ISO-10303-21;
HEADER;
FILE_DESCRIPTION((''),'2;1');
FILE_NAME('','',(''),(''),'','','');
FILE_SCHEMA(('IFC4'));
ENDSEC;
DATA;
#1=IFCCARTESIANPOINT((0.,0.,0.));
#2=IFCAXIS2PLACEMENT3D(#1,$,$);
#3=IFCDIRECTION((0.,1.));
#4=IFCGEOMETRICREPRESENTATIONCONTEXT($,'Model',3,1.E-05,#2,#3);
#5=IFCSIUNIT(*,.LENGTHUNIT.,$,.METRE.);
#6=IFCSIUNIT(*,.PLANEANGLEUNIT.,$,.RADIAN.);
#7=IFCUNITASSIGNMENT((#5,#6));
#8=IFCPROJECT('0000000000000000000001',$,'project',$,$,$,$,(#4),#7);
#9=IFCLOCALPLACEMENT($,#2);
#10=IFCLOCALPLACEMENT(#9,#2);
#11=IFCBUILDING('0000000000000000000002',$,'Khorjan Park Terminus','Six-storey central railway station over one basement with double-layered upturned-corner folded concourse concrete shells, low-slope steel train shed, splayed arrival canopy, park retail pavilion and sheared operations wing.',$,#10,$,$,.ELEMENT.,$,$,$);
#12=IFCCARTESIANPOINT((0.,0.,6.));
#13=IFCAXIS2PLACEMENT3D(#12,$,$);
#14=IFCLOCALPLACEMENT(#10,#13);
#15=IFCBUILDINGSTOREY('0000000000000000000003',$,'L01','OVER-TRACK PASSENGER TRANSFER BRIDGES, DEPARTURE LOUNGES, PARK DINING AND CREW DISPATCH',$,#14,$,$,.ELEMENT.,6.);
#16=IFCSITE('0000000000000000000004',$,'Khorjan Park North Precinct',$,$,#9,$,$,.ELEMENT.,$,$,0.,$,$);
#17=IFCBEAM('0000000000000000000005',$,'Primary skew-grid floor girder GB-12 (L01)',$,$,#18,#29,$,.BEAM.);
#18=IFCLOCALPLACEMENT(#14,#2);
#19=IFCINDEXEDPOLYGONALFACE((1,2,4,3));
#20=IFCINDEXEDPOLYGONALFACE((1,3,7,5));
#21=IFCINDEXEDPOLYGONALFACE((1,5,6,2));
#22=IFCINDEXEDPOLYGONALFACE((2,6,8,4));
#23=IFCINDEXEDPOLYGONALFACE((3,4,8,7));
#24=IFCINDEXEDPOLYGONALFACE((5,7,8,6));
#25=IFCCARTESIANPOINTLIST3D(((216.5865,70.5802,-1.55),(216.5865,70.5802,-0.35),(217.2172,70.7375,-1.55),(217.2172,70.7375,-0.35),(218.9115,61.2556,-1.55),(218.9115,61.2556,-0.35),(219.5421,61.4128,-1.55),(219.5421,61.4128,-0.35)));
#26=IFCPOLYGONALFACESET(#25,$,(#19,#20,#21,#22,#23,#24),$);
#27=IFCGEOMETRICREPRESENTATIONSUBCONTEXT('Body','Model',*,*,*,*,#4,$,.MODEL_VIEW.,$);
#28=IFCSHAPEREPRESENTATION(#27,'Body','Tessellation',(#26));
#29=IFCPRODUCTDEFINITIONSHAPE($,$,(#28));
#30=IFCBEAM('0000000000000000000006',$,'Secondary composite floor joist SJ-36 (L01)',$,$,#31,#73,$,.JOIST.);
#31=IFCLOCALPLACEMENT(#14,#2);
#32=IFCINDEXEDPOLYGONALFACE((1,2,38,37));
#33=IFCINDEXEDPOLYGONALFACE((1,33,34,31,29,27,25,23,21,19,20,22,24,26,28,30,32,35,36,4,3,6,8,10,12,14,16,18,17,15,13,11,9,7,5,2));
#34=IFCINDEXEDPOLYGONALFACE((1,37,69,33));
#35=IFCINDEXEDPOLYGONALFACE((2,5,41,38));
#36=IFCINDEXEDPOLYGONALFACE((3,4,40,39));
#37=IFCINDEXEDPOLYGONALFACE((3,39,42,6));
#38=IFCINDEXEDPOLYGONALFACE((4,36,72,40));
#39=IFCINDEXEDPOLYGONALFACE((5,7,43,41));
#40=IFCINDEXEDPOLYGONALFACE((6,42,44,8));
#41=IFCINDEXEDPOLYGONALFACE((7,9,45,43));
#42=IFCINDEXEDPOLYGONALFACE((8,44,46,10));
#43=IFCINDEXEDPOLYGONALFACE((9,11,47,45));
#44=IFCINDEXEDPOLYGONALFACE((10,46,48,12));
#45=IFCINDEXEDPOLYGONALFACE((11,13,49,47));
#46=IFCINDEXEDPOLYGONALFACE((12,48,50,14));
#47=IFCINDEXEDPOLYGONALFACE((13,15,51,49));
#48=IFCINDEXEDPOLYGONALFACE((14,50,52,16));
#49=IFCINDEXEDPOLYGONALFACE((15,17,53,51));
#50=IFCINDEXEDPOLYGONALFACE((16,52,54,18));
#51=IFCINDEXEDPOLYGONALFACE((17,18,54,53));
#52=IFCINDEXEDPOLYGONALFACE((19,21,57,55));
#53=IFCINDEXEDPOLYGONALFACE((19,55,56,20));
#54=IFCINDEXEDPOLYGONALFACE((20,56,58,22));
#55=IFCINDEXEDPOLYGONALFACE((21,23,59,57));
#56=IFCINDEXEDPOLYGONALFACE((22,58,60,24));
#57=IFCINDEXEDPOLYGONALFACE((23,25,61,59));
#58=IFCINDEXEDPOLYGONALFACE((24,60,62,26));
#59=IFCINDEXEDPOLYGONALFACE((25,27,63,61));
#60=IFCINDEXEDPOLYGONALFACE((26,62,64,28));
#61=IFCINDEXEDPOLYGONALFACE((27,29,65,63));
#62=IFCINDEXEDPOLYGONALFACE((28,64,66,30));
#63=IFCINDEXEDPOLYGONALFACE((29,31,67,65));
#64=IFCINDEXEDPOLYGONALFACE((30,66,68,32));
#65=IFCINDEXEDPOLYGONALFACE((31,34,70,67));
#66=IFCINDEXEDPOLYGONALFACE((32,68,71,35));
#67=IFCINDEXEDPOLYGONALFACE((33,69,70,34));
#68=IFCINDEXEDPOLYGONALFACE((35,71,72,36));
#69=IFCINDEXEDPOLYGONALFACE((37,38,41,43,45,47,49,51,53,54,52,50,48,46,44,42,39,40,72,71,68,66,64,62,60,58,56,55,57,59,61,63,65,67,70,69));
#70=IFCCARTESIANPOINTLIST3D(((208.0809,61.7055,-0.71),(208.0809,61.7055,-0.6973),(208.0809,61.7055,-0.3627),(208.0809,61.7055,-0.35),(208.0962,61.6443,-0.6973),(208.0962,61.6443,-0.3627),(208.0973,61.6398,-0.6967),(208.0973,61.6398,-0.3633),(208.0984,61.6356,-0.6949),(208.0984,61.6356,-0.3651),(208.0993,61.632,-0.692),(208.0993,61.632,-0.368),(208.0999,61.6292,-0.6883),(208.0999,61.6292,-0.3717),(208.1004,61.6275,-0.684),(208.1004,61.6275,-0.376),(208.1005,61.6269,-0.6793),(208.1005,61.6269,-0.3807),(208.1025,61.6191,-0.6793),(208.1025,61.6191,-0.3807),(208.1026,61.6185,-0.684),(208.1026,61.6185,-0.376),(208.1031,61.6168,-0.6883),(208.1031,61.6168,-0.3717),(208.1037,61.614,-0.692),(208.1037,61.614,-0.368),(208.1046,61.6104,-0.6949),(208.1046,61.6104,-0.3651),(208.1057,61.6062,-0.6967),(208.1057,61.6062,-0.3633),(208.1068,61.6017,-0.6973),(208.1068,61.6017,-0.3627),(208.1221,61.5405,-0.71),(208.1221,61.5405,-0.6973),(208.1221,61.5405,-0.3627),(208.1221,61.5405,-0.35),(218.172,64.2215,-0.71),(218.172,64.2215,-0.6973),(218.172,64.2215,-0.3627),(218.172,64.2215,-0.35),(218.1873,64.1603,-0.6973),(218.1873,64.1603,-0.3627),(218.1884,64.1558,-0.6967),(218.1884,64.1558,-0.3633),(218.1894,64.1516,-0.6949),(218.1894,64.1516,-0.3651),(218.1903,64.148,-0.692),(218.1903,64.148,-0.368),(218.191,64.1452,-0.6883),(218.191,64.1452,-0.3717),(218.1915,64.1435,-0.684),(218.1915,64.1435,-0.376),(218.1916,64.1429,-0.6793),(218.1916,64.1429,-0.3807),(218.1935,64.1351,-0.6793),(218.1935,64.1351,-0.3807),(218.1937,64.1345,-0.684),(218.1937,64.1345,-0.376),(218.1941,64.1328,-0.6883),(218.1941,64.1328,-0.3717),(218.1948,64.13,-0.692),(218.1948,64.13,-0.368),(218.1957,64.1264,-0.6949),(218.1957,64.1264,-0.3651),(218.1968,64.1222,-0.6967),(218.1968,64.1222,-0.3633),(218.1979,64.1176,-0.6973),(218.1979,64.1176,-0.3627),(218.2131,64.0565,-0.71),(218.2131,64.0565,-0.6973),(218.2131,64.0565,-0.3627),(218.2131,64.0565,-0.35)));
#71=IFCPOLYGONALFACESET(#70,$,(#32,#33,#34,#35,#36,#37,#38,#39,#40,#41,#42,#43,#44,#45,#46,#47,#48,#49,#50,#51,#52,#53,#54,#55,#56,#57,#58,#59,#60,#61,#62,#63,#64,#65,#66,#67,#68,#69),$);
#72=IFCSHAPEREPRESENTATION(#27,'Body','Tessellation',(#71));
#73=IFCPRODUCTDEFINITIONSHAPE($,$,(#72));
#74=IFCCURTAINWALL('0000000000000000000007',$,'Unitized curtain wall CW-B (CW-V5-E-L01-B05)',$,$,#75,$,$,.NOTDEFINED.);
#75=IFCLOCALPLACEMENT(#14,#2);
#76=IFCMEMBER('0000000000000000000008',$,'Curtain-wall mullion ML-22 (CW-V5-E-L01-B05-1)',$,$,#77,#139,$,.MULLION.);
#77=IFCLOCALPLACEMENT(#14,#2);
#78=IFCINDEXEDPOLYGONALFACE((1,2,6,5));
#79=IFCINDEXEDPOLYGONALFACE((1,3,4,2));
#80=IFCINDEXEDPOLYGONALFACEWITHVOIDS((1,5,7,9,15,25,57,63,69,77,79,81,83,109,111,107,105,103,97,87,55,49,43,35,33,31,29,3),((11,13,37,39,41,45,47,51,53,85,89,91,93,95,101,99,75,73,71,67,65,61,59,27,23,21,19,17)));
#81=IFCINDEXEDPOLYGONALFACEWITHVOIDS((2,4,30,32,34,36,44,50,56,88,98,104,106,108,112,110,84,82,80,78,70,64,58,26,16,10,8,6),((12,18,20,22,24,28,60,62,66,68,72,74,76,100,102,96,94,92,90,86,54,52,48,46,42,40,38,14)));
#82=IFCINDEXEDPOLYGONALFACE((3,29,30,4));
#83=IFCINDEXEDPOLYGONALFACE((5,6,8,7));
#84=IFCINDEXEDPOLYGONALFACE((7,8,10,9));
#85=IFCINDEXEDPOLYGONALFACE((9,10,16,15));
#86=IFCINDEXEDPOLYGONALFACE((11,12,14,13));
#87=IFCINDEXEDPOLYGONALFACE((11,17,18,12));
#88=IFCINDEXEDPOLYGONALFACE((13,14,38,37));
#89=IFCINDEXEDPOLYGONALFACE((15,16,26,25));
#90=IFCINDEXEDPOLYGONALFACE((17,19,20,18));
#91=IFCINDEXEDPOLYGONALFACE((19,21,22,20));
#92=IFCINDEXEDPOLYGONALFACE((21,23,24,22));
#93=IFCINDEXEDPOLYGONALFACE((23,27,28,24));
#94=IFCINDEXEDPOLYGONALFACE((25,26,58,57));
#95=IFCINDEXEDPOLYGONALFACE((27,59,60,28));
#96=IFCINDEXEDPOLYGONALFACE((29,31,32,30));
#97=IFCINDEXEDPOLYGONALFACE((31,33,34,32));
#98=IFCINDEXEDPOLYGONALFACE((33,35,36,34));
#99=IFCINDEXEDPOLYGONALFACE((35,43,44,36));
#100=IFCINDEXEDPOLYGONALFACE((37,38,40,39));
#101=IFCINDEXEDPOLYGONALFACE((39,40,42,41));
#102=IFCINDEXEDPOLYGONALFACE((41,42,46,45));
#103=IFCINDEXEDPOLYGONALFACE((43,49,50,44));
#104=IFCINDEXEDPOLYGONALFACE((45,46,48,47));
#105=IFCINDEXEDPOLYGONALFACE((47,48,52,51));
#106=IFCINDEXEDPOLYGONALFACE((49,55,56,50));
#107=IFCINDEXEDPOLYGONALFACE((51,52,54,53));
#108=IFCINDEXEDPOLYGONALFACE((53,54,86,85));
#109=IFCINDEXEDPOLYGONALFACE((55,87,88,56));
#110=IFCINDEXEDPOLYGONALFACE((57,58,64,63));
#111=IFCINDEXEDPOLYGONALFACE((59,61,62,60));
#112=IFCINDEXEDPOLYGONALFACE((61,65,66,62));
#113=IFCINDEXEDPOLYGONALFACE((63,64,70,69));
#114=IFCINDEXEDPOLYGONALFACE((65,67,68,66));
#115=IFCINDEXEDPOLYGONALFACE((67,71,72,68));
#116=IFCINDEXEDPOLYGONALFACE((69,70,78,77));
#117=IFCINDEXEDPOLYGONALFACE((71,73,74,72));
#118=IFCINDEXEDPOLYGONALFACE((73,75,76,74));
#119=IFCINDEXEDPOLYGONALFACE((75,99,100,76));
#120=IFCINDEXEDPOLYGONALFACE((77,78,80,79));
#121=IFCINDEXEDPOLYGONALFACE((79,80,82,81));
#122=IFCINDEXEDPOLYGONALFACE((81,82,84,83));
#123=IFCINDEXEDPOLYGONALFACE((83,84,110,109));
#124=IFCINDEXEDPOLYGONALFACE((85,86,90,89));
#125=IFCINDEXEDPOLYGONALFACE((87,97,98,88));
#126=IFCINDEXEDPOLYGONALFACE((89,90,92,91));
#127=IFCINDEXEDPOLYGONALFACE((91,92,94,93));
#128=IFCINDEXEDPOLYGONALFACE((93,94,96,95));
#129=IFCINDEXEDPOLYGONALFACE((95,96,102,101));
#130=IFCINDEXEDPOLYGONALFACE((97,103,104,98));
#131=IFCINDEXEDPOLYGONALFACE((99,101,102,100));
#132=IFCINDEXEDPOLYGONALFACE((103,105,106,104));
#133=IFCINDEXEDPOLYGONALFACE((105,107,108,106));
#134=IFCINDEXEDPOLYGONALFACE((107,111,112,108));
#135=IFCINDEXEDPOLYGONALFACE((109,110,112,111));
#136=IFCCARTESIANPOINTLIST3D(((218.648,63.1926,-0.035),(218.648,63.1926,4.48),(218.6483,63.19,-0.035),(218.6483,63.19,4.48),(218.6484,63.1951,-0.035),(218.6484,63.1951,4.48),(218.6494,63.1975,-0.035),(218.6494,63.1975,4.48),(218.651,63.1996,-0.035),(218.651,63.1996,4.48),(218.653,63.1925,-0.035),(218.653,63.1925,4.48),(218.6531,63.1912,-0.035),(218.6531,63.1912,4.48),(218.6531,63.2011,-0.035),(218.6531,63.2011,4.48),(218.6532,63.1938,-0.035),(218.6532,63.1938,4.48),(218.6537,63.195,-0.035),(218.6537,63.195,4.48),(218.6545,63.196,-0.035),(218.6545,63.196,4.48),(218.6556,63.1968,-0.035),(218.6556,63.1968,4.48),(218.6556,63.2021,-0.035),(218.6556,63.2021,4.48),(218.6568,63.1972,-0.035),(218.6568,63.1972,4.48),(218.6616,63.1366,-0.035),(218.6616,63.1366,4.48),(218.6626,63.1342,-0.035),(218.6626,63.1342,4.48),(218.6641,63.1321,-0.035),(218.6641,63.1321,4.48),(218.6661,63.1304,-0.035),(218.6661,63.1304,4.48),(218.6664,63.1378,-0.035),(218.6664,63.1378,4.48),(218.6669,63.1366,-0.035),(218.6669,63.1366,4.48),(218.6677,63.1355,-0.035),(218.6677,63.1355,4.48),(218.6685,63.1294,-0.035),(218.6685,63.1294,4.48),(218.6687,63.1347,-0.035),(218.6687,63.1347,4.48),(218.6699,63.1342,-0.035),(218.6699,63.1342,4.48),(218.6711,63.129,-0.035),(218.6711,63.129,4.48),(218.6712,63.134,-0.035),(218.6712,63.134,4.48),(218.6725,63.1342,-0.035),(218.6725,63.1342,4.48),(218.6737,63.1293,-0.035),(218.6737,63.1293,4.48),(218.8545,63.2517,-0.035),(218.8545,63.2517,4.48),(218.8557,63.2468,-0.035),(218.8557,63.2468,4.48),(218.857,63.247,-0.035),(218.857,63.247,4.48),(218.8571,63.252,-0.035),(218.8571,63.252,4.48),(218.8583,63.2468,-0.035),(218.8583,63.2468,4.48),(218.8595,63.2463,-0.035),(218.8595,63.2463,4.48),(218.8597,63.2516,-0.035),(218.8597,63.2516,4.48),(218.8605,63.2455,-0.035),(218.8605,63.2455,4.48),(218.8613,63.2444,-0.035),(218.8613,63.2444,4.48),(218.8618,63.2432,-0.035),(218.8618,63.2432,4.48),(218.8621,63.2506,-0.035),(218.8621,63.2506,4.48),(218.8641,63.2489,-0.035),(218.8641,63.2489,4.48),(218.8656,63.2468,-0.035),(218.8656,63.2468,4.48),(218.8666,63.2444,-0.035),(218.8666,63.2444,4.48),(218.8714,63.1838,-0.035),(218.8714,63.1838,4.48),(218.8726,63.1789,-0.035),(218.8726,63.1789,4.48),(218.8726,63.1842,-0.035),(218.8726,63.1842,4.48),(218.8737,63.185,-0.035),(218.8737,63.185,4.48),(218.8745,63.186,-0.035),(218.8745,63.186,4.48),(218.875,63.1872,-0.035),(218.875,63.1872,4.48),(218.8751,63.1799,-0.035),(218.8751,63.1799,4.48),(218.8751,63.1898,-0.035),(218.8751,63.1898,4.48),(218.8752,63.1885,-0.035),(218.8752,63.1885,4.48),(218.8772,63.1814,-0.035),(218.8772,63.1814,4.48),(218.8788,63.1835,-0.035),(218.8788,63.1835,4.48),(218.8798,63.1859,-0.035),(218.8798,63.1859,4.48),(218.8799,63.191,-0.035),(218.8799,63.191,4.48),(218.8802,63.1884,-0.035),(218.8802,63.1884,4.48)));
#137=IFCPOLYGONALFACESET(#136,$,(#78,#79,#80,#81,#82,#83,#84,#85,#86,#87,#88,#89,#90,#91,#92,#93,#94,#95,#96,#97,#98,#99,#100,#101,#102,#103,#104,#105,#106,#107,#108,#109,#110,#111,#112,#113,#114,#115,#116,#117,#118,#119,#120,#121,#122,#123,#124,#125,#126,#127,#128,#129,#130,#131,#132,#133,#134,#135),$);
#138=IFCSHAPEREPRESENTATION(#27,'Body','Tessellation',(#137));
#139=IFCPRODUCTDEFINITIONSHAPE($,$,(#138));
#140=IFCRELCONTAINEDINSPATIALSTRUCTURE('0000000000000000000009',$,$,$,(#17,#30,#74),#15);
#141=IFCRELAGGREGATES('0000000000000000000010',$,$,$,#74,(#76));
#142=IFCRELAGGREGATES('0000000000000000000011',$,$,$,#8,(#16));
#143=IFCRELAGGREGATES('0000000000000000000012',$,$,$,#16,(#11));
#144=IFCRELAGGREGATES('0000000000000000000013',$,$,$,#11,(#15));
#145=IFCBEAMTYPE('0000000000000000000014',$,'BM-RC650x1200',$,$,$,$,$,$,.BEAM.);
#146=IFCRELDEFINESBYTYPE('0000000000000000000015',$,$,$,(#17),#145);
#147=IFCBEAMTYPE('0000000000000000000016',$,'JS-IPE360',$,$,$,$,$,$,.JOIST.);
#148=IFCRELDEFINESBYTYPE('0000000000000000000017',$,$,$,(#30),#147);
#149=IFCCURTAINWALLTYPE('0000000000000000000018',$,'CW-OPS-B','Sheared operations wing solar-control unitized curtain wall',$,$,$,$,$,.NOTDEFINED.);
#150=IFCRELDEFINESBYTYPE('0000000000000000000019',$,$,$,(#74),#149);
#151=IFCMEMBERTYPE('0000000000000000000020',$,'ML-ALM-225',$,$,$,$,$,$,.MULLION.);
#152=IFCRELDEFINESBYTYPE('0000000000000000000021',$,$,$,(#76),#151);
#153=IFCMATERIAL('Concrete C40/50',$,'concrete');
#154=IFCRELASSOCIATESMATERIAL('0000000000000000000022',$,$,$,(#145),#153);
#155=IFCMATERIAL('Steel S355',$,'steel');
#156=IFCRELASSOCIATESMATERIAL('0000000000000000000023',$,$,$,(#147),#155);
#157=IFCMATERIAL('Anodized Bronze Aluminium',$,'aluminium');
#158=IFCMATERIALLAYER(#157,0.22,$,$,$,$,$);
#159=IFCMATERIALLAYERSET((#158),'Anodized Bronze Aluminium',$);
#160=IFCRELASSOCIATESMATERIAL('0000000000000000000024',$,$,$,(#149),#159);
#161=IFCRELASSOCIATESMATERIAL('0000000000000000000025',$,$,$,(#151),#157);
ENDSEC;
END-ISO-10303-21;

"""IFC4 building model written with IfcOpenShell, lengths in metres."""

from ifc_helpers import new_model, si_unit, direction, frame, origin, origin_2d, place, context, subcontext, project, spatial, rectangle, hollow_rectangle, i_section, extrude, material, layer, layer_set, material_profile, profile_set, type_object, element, aggregate, save


model = new_model("IFC4")

# Units and contexts
model_context = context("Model", 3, precision=1e-05, world=origin(), true_north=direction((0.0, 1.0)))
body_context = subcontext(model_context, "Body", "Model", "MODEL_VIEW")
ifc_project = project(units=[si_unit("LENGTHUNIT", "METRE"), si_unit("PLANEANGLEUNIT", "RADIAN")], contexts=[model_context])

# Site, building, storey
site_placement = place(None, origin())
site = spatial("IfcSite", under=ifc_project, at=site_placement, Name="Khorjan Park North Precinct", CompositionType="ELEMENT", RefElevation=0.0)
building_placement = place(site_placement, origin())
building = spatial("IfcBuilding", under=site, at=building_placement, Name="Khorjan Park Terminus", Description="Six-storey central railway station over one basement with double-layered upturned-corner folded concourse concrete shells, low-slope steel train shed, splayed arrival canopy, park retail pavilion and sheared operations wing.", CompositionType="ELEMENT")
storey_placement = place(building_placement, frame((0.0, 0.0, 6.0)))
storey = spatial("IfcBuildingStorey", under=building, at=storey_placement, Name="L01", Description="OVER-TRACK PASSENGER TRANSFER BRIDGES, DEPARTURE LOUNGES, PARK DINING AND CREW DISPATCH", CompositionType="ELEMENT", Elevation=6.0)

# Beams
ifc_material_1 = material(Name="Concrete C40/50", Category="concrete")
ifc_material_profile_1 = material_profile(ifc_material_1, rectangle(XDim=0.65, YDim=1.2, at=origin_2d()), Name="RC 650x1200")
ifc_profile_set_1 = profile_set([ifc_material_profile_1], Name="Concrete C40/50")
beam_type_1 = type_object("IfcBeamType", Name="BM-RC650x1200", PredefinedType="BEAM", material=ifc_profile_set_1)
beam_1_placement = place(storey_placement, frame((219.2268, 61.3342, -0.95), z_axis=(-0.241923, 0.970295, 0.0), x_axis=(-0.970295, -0.241923, 0.0)))
element("IfcBeam", 1, at=beam_1_placement, inside=storey, type_object=beam_type_1, Name="Primary skew-grid floor girder GB-12 (L01)", PredefinedType="BEAM", context=body_context, shape_type="SweptSolid", body=[
    extrude(rectangle(XDim=0.65, YDim=1.2, at=origin_2d()), origin(), (0.0, 0.0, 1.0), 9.6101),
])
ifc_material_2 = material(Name="Steel S355", Category="steel")
ifc_material_profile_2 = material_profile(ifc_material_2, i_section(OverallWidth=0.17, OverallDepth=0.36, WebThickness=0.008, FlangeThickness=0.0127, FilletRadius=0.018, at=origin_2d()), Name="IPE 360")
ifc_profile_set_2 = profile_set([ifc_material_profile_2], Name="Steel S355")
beam_type_2 = type_object("IfcBeamType", Name="JS-IPE360", PredefinedType="JOIST", material=ifc_profile_set_2)
beam_2_placement = place(storey_placement, frame((208.1015, 61.623, -0.53), z_axis=(0.970296, 0.241922, 0.0), x_axis=(-0.241922, 0.970296, 0.0)))
element("IfcBeam", 2, at=beam_2_placement, inside=storey, type_object=beam_type_2, Name="Secondary composite floor joist SJ-36 (L01)", PredefinedType="JOIST", context=body_context, shape_type="SweptSolid", body=[
    extrude(i_section(OverallWidth=0.17, OverallDepth=0.36, WebThickness=0.008, FlangeThickness=0.0127, FilletRadius=0.018, at=origin_2d()), origin(), (0.0, 0.0, 1.0), 10.4),
])

# Curtain wall, member
ifc_material_3 = material(Name="Anodized Bronze Aluminium", Category="aluminium")
ifc_layer_1 = layer(ifc_material_3, 0.22)
ifc_layer_set_1 = layer_set([ifc_layer_1], Name="Anodized Bronze Aluminium")
curtain_wall_type = type_object("IfcCurtainWallType", Name="CW-OPS-B", Description="Sheared operations wing solar-control unitized curtain wall", PredefinedType="NOTDEFINED", material=ifc_layer_set_1)
curtain_wall_placement = place(storey_placement, origin())
curtain_wall = element("IfcCurtainWall", 3, at=curtain_wall_placement, inside=storey, type_object=curtain_wall_type, Name="Unitized curtain wall CW-B (CW-V5-E-L01-B05)", PredefinedType="NOTDEFINED")
ifc_material_profile_3 = material_profile(ifc_material_3, hollow_rectangle(XDim=0.075, YDim=0.225, WallThickness=0.005, InnerFilletRadius=0.005, OuterFilletRadius=0.01, at=origin_2d()), Name="ALM 75x225x5")
ifc_profile_set_3 = profile_set([ifc_material_profile_3], Name="Anodized Bronze Aluminium")
member_type_1 = type_object("IfcMemberType", Name="ML-ALM-225", PredefinedType="MULLION", material=ifc_profile_set_3)
member_1_placement = place(storey_placement, frame((218.7641, 63.1905, -0.035), z_axis=(0.0, 0.0, 1.0), x_axis=(-0.241935, 0.970292, 0.0)))
member_1 = element("IfcMember", 4, at=member_1_placement, type_object=member_type_1, Name="Curtain-wall mullion ML-22 (CW-V5-E-L01-B05-1)", PredefinedType="MULLION", context=body_context, shape_type="SweptSolid", body=[
    extrude(hollow_rectangle(XDim=0.075, YDim=0.225, WallThickness=0.005, InnerFilletRadius=0.005, OuterFilletRadius=0.01, at=origin_2d()), origin(), (0.0, 0.0, 1.0), 4.515),
])
aggregate(curtain_wall, [member_1])

save(model, "model.ifc")
